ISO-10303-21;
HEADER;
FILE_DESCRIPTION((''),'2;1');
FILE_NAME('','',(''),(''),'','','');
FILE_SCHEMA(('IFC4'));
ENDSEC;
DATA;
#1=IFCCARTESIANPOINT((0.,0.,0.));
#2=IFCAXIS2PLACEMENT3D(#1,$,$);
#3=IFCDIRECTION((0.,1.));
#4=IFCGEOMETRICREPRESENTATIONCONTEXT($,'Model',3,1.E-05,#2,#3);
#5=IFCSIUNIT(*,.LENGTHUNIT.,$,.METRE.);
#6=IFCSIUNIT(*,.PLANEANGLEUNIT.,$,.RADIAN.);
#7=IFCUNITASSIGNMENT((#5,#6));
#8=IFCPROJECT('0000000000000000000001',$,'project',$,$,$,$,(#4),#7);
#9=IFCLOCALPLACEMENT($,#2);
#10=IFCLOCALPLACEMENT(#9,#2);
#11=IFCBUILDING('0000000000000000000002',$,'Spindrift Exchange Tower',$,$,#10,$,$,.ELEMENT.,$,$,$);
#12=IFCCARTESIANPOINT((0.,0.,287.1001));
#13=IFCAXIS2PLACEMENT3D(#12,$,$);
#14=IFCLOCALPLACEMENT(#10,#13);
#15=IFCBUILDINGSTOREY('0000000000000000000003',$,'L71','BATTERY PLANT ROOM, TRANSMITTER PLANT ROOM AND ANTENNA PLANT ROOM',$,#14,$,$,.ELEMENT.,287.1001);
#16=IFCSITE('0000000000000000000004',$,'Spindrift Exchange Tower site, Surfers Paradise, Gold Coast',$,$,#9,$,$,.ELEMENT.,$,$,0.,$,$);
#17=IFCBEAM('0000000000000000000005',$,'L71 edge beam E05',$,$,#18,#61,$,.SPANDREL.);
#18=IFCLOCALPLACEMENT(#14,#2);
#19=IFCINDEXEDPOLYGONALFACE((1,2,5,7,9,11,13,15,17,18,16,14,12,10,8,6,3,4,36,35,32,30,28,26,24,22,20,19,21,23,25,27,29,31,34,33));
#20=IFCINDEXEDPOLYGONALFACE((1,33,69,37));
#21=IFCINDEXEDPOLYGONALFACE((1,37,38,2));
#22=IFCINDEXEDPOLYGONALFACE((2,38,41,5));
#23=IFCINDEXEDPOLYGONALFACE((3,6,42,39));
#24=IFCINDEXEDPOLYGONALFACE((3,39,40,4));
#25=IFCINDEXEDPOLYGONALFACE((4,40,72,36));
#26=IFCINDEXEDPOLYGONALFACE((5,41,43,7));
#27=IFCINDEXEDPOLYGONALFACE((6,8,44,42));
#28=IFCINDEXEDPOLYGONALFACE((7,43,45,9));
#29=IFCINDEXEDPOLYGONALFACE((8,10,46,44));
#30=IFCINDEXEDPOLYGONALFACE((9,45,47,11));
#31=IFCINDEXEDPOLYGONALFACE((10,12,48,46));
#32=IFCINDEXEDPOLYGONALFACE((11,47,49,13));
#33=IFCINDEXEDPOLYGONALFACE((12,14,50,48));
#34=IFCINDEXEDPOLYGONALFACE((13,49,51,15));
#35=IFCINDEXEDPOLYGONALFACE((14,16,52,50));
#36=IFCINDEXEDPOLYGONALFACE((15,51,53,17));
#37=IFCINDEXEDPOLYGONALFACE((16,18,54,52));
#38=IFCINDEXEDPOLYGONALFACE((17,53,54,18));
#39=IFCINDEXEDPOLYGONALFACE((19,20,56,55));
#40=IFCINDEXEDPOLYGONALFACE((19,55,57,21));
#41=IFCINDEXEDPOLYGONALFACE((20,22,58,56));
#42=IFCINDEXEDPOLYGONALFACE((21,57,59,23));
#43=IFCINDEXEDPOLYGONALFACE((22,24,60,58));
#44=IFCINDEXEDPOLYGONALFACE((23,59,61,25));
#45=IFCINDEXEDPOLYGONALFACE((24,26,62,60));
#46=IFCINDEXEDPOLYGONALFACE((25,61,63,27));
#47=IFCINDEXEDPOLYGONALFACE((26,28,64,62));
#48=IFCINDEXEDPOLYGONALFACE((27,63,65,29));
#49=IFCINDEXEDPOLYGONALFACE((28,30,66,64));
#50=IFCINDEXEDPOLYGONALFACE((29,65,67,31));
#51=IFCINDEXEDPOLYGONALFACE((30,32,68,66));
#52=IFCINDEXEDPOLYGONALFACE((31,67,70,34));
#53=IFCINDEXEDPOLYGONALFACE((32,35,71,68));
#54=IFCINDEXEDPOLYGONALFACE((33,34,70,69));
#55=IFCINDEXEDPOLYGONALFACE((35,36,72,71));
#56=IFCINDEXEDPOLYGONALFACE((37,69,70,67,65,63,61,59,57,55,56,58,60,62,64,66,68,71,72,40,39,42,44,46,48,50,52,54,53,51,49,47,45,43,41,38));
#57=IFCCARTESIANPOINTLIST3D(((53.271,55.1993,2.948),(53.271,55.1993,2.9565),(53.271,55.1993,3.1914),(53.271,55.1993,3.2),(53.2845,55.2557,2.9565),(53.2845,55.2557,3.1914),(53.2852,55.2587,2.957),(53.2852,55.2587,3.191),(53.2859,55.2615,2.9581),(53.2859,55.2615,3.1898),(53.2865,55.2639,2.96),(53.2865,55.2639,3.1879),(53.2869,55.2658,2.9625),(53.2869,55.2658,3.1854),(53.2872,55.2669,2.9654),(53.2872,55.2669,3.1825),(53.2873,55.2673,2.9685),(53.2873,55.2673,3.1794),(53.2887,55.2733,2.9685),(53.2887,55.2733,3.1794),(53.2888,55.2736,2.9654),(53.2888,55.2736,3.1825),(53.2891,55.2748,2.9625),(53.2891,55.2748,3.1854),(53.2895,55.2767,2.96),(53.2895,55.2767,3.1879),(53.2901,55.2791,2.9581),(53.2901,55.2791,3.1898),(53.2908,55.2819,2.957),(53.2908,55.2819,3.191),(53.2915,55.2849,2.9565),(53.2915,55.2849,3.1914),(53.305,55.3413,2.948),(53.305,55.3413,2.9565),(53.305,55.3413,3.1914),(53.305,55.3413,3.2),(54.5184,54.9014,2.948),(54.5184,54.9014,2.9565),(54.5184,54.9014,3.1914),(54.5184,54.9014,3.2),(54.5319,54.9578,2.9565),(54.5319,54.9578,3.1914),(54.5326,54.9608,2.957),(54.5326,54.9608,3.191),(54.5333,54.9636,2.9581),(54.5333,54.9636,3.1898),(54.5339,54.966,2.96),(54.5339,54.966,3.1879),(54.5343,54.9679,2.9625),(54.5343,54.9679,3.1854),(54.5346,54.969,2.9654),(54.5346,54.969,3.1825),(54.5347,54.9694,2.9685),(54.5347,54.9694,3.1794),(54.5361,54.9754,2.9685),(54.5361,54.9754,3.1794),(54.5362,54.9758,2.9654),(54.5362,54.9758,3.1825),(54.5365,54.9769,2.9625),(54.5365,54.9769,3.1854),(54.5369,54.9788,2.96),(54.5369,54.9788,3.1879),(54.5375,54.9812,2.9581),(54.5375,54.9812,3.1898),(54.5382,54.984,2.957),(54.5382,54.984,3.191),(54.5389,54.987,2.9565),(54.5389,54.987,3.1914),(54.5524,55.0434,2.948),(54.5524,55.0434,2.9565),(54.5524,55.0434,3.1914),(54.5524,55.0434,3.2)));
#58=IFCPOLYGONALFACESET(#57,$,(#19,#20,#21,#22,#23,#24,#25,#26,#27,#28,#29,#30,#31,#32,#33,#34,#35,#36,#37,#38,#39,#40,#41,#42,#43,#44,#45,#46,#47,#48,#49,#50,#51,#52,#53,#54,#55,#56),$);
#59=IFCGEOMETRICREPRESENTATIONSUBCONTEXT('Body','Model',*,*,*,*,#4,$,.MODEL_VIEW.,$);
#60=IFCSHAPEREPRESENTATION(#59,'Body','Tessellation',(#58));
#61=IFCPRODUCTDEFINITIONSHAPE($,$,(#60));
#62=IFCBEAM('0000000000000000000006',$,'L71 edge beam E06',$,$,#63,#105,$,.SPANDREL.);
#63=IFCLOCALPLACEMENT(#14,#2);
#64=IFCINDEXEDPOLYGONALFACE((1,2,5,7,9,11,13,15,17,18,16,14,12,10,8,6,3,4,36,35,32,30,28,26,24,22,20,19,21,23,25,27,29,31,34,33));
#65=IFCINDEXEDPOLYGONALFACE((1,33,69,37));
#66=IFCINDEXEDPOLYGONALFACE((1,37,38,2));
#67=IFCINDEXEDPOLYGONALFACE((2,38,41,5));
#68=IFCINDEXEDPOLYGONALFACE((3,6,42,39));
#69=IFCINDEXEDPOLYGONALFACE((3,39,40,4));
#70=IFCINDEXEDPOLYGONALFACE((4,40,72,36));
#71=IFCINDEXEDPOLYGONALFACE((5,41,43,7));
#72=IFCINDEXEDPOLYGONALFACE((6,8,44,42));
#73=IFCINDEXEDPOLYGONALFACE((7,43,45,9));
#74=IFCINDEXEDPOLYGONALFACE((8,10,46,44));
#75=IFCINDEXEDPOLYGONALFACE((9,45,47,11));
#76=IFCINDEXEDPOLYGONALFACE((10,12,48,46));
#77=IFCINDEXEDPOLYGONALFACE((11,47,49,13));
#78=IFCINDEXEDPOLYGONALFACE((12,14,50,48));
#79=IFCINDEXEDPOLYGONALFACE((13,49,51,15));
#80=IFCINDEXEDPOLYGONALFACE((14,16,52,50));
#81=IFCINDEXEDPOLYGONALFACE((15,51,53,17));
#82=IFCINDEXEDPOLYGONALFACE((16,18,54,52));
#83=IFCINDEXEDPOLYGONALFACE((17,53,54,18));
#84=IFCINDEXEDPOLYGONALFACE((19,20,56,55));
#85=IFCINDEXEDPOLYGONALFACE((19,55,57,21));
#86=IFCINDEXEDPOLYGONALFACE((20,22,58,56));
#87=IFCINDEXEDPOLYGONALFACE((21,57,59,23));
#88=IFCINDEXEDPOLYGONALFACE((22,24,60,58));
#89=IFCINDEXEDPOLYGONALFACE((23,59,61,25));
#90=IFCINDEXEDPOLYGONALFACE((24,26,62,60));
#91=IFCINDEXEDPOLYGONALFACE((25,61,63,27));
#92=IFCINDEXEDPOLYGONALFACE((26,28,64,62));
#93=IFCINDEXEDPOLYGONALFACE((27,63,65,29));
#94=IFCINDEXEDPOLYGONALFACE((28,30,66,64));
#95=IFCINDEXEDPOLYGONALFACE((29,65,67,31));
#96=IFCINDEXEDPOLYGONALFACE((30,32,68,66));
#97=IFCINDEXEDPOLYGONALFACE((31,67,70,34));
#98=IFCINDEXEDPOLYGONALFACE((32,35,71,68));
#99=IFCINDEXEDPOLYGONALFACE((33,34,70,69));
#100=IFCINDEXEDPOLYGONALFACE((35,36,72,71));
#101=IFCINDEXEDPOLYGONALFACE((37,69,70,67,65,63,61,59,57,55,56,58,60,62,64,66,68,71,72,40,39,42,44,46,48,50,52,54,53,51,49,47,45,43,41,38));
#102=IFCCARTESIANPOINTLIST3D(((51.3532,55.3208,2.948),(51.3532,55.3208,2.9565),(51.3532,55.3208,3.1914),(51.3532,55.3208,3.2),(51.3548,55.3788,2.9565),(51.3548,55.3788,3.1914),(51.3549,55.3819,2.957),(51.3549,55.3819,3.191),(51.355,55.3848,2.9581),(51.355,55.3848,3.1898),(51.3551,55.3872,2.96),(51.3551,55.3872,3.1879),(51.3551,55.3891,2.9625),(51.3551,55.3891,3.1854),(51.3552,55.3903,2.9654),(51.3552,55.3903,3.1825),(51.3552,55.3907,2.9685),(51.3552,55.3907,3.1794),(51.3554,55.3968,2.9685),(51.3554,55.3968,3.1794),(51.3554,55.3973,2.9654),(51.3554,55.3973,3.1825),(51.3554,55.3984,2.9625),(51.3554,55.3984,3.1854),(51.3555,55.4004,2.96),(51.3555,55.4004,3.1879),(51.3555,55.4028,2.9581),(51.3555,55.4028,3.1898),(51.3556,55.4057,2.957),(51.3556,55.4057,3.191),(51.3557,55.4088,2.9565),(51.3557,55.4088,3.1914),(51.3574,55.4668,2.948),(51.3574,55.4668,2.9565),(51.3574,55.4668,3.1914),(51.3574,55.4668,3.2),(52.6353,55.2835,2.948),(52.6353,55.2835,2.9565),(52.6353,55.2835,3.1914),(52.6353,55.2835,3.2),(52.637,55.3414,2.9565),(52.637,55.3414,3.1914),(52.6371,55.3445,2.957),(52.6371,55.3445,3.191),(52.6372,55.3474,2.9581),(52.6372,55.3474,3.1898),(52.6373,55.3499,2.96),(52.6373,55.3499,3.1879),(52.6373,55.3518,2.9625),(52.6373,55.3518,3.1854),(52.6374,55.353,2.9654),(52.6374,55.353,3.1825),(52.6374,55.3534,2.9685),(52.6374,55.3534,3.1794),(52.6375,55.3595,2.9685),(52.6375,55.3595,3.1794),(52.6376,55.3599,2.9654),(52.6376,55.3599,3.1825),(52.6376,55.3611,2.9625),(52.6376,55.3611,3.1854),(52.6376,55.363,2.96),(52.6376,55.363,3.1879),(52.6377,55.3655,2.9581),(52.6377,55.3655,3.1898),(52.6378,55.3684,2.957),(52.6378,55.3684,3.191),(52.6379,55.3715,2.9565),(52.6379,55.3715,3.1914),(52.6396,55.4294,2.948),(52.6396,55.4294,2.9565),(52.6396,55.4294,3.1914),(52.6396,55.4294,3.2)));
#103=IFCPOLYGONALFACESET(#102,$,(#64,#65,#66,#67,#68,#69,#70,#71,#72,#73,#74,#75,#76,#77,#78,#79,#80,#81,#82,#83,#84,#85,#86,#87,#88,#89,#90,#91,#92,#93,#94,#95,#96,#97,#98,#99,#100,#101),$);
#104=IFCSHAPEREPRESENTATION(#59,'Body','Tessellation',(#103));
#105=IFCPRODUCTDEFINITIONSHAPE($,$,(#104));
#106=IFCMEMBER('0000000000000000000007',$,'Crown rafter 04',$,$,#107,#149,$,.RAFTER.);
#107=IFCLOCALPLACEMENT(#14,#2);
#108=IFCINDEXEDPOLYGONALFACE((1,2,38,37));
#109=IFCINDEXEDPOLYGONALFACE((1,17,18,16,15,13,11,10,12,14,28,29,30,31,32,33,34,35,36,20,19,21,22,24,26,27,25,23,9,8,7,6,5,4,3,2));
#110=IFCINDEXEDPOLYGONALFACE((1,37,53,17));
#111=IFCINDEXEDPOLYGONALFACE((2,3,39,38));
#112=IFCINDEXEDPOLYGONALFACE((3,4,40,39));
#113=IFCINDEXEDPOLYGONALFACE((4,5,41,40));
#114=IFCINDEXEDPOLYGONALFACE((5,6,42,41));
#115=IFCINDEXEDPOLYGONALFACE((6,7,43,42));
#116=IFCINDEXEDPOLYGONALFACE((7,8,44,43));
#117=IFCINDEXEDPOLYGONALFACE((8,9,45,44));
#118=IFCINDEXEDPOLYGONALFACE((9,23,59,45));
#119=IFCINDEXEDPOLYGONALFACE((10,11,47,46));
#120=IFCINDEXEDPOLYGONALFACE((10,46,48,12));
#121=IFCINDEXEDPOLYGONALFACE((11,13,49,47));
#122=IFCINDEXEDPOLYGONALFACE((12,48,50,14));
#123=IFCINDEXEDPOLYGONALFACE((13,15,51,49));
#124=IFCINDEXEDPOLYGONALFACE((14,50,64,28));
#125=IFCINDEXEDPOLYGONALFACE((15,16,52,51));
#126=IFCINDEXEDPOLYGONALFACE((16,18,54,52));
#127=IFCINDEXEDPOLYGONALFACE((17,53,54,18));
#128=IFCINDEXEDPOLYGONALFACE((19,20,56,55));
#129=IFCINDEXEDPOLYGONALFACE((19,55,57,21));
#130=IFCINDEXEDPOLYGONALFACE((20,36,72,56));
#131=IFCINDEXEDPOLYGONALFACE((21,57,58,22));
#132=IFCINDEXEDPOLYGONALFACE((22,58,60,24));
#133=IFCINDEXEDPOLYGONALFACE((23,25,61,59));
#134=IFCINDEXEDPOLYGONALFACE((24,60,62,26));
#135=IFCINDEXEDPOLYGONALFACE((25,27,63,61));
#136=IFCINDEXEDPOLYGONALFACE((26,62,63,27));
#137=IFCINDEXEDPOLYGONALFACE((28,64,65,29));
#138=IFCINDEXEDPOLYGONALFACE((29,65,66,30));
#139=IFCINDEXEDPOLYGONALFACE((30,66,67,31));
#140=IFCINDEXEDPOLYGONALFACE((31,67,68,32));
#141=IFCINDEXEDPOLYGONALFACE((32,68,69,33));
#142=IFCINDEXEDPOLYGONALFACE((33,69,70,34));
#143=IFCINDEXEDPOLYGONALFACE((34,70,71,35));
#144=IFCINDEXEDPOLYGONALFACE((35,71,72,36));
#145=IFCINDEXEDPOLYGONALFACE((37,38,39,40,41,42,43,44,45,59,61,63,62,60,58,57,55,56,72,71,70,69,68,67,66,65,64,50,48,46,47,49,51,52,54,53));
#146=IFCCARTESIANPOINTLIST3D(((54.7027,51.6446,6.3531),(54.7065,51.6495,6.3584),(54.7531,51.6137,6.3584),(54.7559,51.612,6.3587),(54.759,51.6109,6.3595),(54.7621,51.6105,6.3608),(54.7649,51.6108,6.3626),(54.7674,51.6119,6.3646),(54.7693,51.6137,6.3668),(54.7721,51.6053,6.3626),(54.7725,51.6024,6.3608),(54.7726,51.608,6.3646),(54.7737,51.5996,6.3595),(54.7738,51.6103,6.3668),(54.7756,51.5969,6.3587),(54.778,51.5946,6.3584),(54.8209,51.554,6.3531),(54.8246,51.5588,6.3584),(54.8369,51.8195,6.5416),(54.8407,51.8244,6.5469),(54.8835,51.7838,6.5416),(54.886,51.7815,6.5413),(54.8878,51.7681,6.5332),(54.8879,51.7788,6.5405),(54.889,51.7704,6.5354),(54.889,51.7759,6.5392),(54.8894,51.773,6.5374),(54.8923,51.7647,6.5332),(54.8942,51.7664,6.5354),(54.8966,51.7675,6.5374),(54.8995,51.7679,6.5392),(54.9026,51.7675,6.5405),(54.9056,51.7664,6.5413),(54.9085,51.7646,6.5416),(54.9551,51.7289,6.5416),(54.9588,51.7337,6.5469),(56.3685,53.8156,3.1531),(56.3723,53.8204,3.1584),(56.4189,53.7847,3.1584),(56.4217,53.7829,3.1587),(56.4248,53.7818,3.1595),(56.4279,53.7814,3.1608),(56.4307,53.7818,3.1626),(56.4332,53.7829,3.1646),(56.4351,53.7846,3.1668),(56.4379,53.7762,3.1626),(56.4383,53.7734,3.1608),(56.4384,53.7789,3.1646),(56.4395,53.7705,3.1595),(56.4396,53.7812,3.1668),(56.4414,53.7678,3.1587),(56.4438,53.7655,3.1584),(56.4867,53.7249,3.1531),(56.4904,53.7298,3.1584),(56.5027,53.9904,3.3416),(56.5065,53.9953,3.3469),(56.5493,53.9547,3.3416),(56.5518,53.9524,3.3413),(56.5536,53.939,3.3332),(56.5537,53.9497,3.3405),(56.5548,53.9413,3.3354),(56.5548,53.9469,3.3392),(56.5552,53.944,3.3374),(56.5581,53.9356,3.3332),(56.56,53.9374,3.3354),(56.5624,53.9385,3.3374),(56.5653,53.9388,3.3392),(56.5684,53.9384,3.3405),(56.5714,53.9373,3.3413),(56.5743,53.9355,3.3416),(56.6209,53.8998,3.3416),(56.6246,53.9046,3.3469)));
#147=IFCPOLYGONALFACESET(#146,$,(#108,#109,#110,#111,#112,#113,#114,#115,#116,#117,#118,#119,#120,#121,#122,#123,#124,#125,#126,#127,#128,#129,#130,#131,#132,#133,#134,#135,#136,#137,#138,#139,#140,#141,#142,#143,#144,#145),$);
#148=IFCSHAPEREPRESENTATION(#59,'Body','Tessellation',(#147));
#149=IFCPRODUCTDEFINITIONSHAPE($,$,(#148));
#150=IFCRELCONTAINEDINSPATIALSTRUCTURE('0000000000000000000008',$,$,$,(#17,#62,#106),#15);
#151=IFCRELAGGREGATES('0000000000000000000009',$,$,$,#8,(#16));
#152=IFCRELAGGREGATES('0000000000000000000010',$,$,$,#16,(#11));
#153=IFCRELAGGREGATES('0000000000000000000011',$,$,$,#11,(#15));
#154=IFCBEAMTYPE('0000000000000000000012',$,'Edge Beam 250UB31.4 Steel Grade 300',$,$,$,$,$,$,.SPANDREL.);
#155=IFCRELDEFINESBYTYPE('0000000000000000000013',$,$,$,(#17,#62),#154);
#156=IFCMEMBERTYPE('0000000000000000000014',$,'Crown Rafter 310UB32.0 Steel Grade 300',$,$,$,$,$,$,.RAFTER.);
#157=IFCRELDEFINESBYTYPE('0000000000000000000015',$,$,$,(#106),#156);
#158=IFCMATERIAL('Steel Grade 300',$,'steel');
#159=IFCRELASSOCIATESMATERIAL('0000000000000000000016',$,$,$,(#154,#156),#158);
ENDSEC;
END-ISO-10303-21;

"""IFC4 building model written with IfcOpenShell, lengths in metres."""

from ifc_helpers import new_model, si_unit, direction, frame, origin, origin_2d, place, context, subcontext, project, spatial, i_section, extrude, source, transform, mapped, material, material_profile, profile_set, type_object, element, save


model = new_model("IFC4")

# Units and contexts
model_context = context("Model", 3, precision=1e-05, world=origin(), true_north=direction((0.0, 1.0)))
body_context = subcontext(model_context, "Body", "Model", "MODEL_VIEW")
ifc_project = project(units=[si_unit("LENGTHUNIT", "METRE"), si_unit("PLANEANGLEUNIT", "RADIAN")], contexts=[model_context])

# Site, building, storey
site_placement = place(None, origin())
site = spatial("IfcSite", under=ifc_project, at=site_placement, Name="Spindrift Exchange Tower site, Surfers Paradise, Gold Coast", CompositionType="ELEMENT", RefElevation=0.0)
building_placement = place(site_placement, origin())
building = spatial("IfcBuilding", under=site, at=building_placement, Name="Spindrift Exchange Tower", CompositionType="ELEMENT")
storey_placement = place(building_placement, frame((0.0, 0.0, 287.1001)))
storey = spatial("IfcBuildingStorey", under=building, at=storey_placement, Name="L71", Description="BATTERY PLANT ROOM, TRANSMITTER PLANT ROOM AND ANTENNA PLANT ROOM", CompositionType="ELEMENT", Elevation=287.1001)

# Beams
ifc_material_1 = material(Name="Steel Grade 300", Category="steel")
ifc_material_profile_1 = material_profile(ifc_material_1, i_section(OverallWidth=0.146, OverallDepth=0.252, WebThickness=0.0061, FlangeThickness=0.0085, FilletRadius=0.012, at=origin_2d()), Name="250UB31.4")
ifc_profile_set_1 = profile_set([ifc_material_profile_1], Name="Steel Grade 300")
beam_type = type_object("IfcBeamType", Name="Edge Beam 250UB31.4 Steel Grade 300", PredefinedType="SPANDREL", material=ifc_profile_set_1)
shared_shape_1 = source(origin(), body_context, "Body", "SweptSolid", [
    extrude(i_section(OverallWidth=0.146, OverallDepth=0.252, WebThickness=0.0061, FlangeThickness=0.0085, FilletRadius=0.012, at=origin_2d()), origin(), (0.0, 0.0, 1.0), 1.2825),
])
beam_1_placement = place(storey_placement, frame((54.5354, 54.9724, 3.074), z_axis=(-0.972653, 0.232264, 0.0), x_axis=(-0.232264, -0.972653, 0.0)))
element("IfcBeam", 1, at=beam_1_placement, inside=storey, type_object=beam_type, Name="L71 edge beam E05", PredefinedType="SPANDREL", context=body_context, shape_type="MappedRepresentation", body=[
    mapped(shared_shape_1, transform((0.0, 0.0, 0.0), scale=1.0)),
])
shared_shape_2 = source(origin(), body_context, "Body", "SweptSolid", [
    extrude(i_section(OverallWidth=0.146, OverallDepth=0.252, WebThickness=0.0061, FlangeThickness=0.0085, FilletRadius=0.012, at=origin_2d()), origin(), (0.0, 0.0, 1.0), 1.2827),
])
beam_2_placement = place(storey_placement, frame((52.6375, 55.3564, 3.074), z_axis=(-0.999576, 0.029119, 0.0), x_axis=(-0.029119, -0.999576, 0.0)))
element("IfcBeam", 2, at=beam_2_placement, inside=storey, type_object=beam_type, Name="L71 edge beam E06", PredefinedType="SPANDREL", context=body_context, shape_type="MappedRepresentation", body=[
    mapped(shared_shape_2, transform((0.0, 0.0, 0.0), scale=1.0)),
])

# Member
ifc_material_profile_2 = material_profile(ifc_material_1, i_section(OverallWidth=0.1489, OverallDepth=0.2981, WebThickness=0.0056, FlangeThickness=0.0081, FilletRadius=0.0129, at=origin_2d()), Name="310UB32.0")
ifc_profile_set_2 = profile_set([ifc_material_profile_2], Name="Steel Grade 300")
member_type_1 = type_object("IfcMemberType", Name="Crown Rafter 310UB32.0 Steel Grade 300", PredefinedType="RAFTER", material=ifc_profile_set_2)
shared_shape_3 = source(origin(), body_context, "Body", "SweptSolid", [
    extrude(i_section(OverallWidth=0.1489, OverallDepth=0.2981, WebThickness=0.0056, FlangeThickness=0.0081, FilletRadius=0.0129, at=origin_2d()), origin(), (0.0, 0.0, 1.0), 4.2104),
])
member_1_placement = place(storey_placement, frame((56.4966, 53.8601, 3.25), z_axis=(-0.395635, -0.515607, 0.760015), x_axis=(0.793356, -0.608757, 0.0)))
element("IfcMember", 3, at=member_1_placement, inside=storey, type_object=member_type_1, Name="Crown rafter 04", PredefinedType="RAFTER", context=body_context, shape_type="MappedRepresentation", body=[
    mapped(shared_shape_3, transform((0.0, 0.0, 0.0), scale=1.0)),
])

save(model, "model.ifc")
